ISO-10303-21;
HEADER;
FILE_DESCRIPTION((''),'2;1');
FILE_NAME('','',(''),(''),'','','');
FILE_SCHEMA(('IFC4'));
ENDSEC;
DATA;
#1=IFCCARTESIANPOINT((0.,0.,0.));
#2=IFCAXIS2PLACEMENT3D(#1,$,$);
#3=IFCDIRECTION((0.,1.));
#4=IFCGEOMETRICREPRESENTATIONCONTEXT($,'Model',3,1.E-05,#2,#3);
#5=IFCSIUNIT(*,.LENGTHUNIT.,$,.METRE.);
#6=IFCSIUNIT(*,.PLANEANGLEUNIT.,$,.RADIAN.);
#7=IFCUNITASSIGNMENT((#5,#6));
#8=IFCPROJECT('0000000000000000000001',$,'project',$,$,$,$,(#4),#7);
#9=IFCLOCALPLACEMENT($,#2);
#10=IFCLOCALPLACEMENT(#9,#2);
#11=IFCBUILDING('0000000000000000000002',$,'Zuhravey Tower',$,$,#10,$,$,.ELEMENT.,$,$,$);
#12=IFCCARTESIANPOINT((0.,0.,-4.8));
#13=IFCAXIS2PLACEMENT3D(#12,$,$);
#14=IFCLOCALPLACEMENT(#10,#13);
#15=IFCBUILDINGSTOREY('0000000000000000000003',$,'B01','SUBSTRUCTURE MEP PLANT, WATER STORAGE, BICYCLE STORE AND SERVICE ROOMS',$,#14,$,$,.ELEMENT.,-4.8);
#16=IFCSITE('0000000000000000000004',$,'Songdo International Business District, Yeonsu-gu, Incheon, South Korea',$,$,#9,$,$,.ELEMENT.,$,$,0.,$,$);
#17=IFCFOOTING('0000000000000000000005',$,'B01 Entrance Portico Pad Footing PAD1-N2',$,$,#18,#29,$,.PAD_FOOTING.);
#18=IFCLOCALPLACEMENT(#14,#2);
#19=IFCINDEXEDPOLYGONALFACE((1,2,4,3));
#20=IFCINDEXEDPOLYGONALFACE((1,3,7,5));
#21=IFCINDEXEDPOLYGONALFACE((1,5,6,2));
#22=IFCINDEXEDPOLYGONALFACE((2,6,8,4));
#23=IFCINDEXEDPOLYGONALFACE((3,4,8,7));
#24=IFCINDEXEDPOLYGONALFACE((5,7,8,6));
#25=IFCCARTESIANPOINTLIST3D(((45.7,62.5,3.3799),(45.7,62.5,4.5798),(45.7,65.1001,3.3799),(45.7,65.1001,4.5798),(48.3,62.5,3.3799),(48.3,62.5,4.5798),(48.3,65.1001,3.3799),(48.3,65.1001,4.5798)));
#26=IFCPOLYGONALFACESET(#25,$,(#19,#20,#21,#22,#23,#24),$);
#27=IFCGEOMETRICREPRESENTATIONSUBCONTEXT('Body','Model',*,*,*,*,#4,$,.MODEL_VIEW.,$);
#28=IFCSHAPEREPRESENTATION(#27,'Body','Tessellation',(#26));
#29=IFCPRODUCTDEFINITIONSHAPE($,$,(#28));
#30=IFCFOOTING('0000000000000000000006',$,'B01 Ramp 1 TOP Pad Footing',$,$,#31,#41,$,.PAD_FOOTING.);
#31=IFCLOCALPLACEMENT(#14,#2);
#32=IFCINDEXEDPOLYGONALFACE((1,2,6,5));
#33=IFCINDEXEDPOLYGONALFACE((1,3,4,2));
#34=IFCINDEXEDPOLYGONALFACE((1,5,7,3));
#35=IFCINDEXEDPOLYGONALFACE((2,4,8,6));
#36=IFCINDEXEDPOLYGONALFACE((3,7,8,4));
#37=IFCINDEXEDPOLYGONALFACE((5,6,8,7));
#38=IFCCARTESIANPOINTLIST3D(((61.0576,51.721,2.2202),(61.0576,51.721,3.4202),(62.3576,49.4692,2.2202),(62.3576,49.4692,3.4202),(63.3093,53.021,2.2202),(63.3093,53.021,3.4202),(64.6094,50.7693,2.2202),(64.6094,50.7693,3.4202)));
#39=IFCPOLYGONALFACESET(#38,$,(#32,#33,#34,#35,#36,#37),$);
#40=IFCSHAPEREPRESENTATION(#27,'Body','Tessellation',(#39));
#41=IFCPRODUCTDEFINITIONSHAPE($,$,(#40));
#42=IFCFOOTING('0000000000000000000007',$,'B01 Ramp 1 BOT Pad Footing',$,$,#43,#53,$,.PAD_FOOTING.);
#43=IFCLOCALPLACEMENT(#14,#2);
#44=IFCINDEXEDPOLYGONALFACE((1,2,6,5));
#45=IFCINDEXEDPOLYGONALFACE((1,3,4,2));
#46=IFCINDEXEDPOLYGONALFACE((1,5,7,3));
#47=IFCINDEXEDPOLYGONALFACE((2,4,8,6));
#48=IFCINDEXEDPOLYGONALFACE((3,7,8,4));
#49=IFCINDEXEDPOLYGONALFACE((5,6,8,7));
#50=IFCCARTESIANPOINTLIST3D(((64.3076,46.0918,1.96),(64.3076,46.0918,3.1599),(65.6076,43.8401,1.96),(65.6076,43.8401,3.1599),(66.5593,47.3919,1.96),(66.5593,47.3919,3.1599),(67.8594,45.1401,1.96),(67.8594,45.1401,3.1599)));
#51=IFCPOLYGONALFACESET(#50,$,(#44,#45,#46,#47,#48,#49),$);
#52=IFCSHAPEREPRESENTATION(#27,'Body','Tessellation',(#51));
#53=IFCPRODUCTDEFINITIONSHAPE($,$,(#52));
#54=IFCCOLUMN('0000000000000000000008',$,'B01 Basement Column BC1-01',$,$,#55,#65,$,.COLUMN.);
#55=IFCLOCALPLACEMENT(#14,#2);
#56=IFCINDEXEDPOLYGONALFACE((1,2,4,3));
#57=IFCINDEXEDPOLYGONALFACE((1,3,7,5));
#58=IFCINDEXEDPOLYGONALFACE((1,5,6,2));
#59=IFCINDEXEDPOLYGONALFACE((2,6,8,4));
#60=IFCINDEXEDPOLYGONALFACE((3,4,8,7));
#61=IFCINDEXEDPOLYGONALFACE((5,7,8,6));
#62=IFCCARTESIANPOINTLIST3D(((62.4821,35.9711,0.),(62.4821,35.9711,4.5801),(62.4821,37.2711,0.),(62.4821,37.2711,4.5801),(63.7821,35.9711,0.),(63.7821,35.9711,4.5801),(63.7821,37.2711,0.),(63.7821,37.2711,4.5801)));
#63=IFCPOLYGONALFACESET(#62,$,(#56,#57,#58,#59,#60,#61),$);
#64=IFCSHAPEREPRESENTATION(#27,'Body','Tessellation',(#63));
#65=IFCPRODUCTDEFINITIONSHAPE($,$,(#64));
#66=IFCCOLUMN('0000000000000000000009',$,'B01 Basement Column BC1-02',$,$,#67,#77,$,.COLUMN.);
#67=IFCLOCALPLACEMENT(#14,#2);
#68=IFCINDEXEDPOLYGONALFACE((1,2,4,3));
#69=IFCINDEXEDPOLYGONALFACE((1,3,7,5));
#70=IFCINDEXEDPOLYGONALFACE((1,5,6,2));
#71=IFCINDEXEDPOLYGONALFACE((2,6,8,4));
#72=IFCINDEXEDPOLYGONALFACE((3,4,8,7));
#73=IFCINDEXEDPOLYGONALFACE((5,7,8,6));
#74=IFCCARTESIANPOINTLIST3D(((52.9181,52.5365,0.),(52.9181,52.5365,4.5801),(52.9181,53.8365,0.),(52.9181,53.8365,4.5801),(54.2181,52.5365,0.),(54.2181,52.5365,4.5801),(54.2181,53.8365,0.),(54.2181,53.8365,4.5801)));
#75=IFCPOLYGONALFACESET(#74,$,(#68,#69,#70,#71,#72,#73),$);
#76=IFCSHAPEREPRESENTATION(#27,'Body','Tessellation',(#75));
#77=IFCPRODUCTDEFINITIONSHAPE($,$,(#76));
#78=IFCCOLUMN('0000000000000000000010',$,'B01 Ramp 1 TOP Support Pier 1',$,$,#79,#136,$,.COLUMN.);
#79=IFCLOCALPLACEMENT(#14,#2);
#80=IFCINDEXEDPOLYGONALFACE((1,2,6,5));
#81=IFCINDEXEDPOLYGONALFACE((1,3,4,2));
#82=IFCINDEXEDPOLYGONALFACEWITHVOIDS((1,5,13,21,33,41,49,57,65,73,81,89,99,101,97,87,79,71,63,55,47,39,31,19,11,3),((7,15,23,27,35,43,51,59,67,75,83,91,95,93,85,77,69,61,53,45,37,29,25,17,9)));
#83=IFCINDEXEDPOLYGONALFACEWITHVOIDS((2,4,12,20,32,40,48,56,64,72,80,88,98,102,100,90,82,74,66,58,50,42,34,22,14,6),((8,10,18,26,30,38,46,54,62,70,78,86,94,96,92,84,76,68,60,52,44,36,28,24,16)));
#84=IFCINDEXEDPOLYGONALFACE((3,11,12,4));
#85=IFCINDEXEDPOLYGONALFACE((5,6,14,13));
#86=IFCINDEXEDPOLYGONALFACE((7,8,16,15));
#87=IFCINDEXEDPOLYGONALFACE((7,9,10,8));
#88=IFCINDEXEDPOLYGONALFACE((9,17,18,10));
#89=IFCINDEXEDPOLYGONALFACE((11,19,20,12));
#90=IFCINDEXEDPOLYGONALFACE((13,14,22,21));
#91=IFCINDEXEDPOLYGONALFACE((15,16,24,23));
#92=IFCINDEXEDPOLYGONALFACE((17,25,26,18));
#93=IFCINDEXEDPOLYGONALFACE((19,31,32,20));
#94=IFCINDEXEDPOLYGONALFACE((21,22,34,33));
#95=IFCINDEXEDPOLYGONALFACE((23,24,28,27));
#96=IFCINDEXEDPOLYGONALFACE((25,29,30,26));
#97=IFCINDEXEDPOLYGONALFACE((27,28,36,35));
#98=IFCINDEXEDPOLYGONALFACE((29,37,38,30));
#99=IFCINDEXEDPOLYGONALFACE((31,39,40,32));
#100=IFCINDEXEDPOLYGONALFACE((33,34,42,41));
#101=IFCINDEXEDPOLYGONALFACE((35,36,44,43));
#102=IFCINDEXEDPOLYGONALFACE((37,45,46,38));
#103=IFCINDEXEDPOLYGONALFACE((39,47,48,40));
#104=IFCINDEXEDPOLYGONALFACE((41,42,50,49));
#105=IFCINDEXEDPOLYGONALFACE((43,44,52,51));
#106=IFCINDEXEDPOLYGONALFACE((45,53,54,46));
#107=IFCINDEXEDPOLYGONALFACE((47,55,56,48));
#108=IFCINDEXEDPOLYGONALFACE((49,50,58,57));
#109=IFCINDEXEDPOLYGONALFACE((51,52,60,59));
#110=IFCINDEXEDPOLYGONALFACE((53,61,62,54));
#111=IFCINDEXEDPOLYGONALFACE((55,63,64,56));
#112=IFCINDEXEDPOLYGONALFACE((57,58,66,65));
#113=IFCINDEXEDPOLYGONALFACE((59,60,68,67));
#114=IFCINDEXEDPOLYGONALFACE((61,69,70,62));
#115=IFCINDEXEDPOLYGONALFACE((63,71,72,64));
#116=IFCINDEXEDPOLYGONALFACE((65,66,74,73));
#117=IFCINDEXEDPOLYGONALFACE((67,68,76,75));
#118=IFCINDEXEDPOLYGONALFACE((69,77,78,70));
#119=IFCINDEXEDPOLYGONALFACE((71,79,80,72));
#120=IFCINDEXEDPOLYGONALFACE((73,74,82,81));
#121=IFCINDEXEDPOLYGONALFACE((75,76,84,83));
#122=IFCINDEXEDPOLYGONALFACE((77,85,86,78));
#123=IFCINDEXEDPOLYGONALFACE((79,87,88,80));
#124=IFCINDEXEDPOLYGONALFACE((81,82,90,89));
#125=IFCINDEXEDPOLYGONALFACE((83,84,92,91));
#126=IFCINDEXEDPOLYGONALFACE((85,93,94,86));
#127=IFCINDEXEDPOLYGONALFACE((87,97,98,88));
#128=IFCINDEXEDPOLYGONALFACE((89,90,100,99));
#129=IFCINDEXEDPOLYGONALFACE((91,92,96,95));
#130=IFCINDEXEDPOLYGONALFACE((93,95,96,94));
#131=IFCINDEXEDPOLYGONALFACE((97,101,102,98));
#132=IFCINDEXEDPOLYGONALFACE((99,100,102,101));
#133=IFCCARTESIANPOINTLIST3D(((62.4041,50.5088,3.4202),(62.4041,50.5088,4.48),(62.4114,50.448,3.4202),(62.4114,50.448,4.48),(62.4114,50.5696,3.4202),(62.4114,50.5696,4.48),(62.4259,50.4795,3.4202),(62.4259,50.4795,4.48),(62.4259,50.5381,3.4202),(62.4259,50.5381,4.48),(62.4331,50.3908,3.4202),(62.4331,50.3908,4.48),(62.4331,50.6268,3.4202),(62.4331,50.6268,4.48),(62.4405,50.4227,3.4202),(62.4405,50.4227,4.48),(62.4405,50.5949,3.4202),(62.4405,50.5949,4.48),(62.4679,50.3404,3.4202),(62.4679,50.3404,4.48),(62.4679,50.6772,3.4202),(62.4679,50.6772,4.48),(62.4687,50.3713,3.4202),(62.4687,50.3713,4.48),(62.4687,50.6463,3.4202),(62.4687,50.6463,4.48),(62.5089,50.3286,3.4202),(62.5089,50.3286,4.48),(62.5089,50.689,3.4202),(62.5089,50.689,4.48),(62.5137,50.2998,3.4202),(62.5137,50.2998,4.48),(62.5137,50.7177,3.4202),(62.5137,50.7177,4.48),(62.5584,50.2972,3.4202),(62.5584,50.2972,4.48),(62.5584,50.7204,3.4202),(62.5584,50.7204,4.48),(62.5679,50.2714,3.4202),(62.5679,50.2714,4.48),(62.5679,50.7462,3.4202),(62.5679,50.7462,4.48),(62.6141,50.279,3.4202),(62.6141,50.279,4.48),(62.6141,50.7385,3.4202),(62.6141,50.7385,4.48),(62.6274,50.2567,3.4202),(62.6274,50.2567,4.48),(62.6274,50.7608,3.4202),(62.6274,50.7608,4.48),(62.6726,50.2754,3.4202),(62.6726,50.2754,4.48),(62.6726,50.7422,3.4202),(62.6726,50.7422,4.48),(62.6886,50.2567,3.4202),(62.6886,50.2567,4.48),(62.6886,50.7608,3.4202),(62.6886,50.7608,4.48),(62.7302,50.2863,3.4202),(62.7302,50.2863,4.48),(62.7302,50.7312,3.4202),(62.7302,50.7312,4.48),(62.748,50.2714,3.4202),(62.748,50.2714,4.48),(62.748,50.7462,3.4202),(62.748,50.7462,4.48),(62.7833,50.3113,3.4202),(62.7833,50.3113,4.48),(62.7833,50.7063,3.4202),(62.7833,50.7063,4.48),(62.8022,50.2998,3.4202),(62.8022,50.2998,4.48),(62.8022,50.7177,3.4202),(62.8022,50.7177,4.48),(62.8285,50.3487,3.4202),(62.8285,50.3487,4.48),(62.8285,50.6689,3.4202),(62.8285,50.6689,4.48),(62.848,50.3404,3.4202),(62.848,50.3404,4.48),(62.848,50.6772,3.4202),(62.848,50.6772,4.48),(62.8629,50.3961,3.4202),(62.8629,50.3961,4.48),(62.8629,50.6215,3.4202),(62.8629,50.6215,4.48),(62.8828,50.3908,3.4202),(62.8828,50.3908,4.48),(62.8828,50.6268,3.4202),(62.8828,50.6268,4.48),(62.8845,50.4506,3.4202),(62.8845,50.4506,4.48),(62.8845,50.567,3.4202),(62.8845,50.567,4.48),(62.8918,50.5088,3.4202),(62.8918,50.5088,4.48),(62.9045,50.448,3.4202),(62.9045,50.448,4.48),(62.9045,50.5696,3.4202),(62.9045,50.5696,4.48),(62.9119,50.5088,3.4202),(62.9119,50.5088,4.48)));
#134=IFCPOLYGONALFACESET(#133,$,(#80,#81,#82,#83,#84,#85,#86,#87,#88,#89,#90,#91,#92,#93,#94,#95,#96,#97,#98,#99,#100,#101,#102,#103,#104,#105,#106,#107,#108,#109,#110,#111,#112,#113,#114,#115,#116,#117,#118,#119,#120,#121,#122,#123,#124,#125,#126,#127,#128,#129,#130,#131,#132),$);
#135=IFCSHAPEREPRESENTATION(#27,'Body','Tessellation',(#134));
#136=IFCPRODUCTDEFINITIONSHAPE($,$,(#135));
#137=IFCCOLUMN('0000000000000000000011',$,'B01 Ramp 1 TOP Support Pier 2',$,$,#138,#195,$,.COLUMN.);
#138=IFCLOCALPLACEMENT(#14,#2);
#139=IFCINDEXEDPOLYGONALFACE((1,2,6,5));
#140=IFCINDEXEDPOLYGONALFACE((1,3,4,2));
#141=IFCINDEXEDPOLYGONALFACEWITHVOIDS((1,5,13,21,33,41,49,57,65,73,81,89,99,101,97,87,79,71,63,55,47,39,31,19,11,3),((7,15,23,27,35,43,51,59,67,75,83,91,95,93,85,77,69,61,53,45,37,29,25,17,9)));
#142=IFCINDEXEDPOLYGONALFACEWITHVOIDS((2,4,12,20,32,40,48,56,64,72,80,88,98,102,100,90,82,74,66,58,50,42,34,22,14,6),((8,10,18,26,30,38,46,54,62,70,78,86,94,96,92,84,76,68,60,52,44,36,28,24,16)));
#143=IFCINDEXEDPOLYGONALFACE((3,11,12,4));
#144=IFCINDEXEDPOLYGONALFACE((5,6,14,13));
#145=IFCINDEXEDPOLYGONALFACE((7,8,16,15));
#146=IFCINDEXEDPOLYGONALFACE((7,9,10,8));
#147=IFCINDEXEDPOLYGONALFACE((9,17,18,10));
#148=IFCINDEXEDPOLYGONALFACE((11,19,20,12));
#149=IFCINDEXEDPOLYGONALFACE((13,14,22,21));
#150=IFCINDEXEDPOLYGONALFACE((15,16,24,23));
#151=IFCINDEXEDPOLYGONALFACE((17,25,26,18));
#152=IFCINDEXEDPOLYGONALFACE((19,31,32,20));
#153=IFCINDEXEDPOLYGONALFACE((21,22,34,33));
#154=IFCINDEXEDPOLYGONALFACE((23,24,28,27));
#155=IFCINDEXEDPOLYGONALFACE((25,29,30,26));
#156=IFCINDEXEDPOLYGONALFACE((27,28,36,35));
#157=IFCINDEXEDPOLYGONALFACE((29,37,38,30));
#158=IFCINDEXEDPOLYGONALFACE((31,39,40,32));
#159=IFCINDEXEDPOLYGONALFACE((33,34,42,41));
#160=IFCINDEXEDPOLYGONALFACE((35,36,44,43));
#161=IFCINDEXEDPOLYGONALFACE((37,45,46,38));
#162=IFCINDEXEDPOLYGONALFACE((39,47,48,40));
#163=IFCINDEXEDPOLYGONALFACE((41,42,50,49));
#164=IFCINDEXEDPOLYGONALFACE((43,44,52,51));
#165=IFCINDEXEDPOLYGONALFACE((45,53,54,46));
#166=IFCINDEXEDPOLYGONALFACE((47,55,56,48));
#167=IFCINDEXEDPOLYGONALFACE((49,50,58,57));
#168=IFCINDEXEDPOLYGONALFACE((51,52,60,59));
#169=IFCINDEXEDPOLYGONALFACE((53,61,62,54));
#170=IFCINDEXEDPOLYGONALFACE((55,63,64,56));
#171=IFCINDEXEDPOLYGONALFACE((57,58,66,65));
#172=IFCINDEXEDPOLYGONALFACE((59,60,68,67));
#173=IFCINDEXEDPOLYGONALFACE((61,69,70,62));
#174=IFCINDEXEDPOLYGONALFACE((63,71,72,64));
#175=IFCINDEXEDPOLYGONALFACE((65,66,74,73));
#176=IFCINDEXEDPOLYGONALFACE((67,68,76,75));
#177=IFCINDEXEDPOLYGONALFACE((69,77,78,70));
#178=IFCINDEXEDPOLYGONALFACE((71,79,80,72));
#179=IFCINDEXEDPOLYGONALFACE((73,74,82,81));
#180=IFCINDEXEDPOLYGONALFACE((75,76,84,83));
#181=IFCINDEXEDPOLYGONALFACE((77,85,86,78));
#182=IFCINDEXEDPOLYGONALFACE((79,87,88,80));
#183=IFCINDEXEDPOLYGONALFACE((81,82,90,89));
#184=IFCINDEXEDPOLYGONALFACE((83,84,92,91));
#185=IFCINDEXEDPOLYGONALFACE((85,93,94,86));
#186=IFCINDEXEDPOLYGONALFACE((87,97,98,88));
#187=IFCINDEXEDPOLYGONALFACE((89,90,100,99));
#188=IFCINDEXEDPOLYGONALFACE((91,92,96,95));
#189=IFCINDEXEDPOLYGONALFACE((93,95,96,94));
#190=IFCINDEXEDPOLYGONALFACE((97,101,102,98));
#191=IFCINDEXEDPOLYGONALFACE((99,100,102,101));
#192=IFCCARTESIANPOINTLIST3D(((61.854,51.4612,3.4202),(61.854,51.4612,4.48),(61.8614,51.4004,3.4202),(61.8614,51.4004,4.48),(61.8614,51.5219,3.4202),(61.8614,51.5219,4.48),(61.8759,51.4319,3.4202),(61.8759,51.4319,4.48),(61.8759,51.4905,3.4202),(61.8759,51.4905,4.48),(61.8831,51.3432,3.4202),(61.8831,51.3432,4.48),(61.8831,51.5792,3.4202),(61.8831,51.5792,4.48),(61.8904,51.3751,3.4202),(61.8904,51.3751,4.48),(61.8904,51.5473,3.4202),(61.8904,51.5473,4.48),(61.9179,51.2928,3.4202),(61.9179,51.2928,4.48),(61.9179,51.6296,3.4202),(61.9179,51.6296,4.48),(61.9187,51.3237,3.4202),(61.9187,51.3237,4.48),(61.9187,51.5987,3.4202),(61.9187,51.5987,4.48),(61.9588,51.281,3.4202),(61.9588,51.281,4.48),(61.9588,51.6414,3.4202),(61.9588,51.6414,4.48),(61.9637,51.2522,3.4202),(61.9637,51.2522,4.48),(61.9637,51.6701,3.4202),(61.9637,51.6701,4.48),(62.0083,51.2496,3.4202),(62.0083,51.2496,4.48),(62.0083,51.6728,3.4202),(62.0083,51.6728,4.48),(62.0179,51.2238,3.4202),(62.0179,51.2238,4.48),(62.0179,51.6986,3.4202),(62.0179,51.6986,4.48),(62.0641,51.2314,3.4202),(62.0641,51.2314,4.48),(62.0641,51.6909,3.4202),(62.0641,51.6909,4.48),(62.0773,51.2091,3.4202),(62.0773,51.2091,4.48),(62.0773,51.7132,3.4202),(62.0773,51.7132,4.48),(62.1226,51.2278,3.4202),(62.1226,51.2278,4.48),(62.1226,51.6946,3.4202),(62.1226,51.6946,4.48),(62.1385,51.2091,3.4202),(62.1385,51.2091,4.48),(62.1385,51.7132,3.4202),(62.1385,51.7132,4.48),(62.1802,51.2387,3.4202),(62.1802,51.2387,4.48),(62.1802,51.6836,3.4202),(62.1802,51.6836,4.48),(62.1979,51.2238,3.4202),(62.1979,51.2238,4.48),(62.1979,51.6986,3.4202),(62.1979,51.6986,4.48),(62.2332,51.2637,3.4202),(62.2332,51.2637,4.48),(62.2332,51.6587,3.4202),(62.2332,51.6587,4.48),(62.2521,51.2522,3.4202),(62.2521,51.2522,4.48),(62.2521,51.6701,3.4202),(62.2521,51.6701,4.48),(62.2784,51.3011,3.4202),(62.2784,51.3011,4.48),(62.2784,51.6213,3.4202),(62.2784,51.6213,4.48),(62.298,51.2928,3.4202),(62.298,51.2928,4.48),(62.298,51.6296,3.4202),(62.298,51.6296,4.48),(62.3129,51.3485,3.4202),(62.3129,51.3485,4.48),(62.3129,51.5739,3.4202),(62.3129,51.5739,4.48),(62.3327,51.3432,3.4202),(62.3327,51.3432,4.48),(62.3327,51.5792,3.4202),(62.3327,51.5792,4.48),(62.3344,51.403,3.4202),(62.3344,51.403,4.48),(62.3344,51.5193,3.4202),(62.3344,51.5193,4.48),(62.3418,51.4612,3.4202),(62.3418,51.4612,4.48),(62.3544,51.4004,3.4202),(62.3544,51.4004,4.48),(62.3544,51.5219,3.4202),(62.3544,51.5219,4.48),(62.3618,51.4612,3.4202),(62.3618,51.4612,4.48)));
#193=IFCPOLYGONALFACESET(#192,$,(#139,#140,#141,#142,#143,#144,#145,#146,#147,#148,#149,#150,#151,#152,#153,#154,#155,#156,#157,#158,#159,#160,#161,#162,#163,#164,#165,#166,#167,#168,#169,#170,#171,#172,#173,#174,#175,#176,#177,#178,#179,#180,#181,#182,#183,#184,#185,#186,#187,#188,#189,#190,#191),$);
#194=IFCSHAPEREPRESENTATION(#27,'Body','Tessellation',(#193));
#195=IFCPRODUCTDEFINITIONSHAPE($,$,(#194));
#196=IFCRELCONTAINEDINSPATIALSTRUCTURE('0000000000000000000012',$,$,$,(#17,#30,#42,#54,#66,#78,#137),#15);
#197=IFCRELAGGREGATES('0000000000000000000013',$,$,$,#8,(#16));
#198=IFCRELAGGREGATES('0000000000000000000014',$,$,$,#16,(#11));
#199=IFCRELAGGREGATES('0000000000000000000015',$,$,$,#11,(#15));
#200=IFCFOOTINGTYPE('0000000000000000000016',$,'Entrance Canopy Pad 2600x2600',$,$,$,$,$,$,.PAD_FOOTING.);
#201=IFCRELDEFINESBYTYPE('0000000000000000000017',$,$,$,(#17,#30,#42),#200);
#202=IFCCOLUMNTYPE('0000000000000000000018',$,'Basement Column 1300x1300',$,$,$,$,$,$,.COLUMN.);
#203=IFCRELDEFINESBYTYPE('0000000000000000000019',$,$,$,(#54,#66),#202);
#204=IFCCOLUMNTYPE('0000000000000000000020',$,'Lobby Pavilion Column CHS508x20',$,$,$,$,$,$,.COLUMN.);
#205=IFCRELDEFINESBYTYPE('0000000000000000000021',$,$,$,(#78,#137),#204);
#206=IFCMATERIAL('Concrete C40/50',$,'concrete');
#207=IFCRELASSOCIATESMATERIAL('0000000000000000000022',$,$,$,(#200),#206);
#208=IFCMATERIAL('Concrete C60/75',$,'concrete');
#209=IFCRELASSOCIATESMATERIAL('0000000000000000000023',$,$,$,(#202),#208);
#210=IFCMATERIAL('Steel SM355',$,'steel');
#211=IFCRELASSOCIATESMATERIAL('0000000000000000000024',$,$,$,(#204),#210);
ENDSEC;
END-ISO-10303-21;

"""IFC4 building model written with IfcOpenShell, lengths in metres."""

from ifc_helpers import new_model, si_unit, direction, frame, origin, origin_2d, place, context, subcontext, project, spatial, rectangle, hollow_circle, extrude, material, material_profile, profile_set, type_object, element, save


model = new_model("IFC4")

# Units and contexts
model_context = context("Model", 3, precision=1e-05, world=origin(), true_north=direction((0.0, 1.0)))
body_context = subcontext(model_context, "Body", "Model", "MODEL_VIEW")
ifc_project = project(units=[si_unit("LENGTHUNIT", "METRE"), si_unit("PLANEANGLEUNIT", "RADIAN")], contexts=[model_context])

# Site, building, storey
site_placement = place(None, origin())
site = spatial("IfcSite", under=ifc_project, at=site_placement, Name="Songdo International Business District, Yeonsu-gu, Incheon, South Korea", CompositionType="ELEMENT", RefElevation=0.0)
building_placement = place(site_placement, origin())
building = spatial("IfcBuilding", under=site, at=building_placement, Name="Zuhravey Tower", CompositionType="ELEMENT")
storey_placement = place(building_placement, frame((0.0, 0.0, -4.8)))
storey = spatial("IfcBuildingStorey", under=building, at=storey_placement, Name="B01", Description="SUBSTRUCTURE MEP PLANT, WATER STORAGE, BICYCLE STORE AND SERVICE ROOMS", CompositionType="ELEMENT", Elevation=-4.8)

# Footings
ifc_material_1 = material(Name="Concrete C40/50", Category="concrete")
footing_type = type_object("IfcFootingType", Name="Entrance Canopy Pad 2600x2600", PredefinedType="PAD_FOOTING", material=ifc_material_1)
for number, where, z_axis, x_axis, name in (
    (1, (47.0, 63.8, 3.3799), (0.0, 0.0, 1.0), (1.0, 0.0, 0.0), "B01 Entrance Portico Pad Footing PAD1-N2"),
    (2, (62.8335, 51.2451, 2.2202), (0.0, 0.0, 1.0), (-0.5, 0.866025, 0.0), "B01 Ramp 1 TOP Pad Footing"),
    (3, (66.0835, 45.616, 1.96), (0.0, 0.0, 1.0), (-0.5, 0.866025, 0.0), "B01 Ramp 1 BOT Pad Footing"),
):
    element("IfcFooting", number, at=place(storey_placement, frame(where, z_axis=z_axis, x_axis=x_axis)), inside=storey, type_object=footing_type, Name=name, PredefinedType="PAD_FOOTING", context=body_context, shape_type="SweptSolid", body=[
        extrude(rectangle(XDim=2.6001, YDim=2.6001, at=origin_2d()), origin(), (0.0, 0.0, 1.0), 1.2),
    ])

# Columns
ifc_material_2 = material(Name="Concrete C60/75", Category="concrete")
ifc_material_profile_1 = material_profile(ifc_material_2, rectangle(XDim=1.3, YDim=1.3, at=origin_2d()), Name="RC-1300x1300")
ifc_profile_set_1 = profile_set([ifc_material_profile_1], Name="Concrete C60/75")
column_type_1 = type_object("IfcColumnType", Name="Basement Column 1300x1300", PredefinedType="COLUMN", material=ifc_profile_set_1)
for number, where, z_axis, x_axis, name in (
    (4, (63.1321, 36.6211, 0.0), (0.0, 0.0, 1.0), (1.0, 0.0, 0.0), "B01 Basement Column BC1-01"),
    (5, (53.5681, 53.1865, 0.0), (0.0, 0.0, 1.0), (1.0, 0.0, 0.0), "B01 Basement Column BC1-02"),
):
    element("IfcColumn", number, at=place(storey_placement, frame(where, z_axis=z_axis, x_axis=x_axis)), inside=storey, type_object=column_type_1, Name=name, PredefinedType="COLUMN", context=body_context, shape_type="SweptSolid", body=[
        extrude(rectangle(XDim=1.3, YDim=1.3, at=origin_2d()), origin(), (0.0, 0.0, 1.0), 4.5801),
    ])
ifc_material_3 = material(Name="Steel SM355", Category="steel")
ifc_material_profile_2 = material_profile(ifc_material_3, hollow_circle(Radius=0.2539, WallThickness=0.02, at=origin_2d()), Name="CHS-508x20")
ifc_profile_set_2 = profile_set([ifc_material_profile_2], Name="Steel SM355")
column_type_2 = type_object("IfcColumnType", Name="Lobby Pavilion Column CHS508x20", PredefinedType="COLUMN", material=ifc_profile_set_2)
for number, where, z_axis, x_axis, name in (
    (6, (62.658, 50.5088, 3.4202), (0.0, 0.0, 1.0), (1.0, 0.0, 0.0), "B01 Ramp 1 TOP Support Pier 1"),
    (7, (62.1079, 51.4612, 3.4202), (0.0, 0.0, 1.0), (1.0, 0.0, 0.0), "B01 Ramp 1 TOP Support Pier 2"),
):
    element("IfcColumn", number, at=place(storey_placement, frame(where, z_axis=z_axis, x_axis=x_axis)), inside=storey, type_object=column_type_2, Name=name, PredefinedType="COLUMN", context=body_context, shape_type="SweptSolid", body=[
        extrude(hollow_circle(Radius=0.2539, WallThickness=0.02, at=origin_2d()), origin(), (0.0, 0.0, 1.0), 1.0598),
    ])

save(model, "model.ifc")
